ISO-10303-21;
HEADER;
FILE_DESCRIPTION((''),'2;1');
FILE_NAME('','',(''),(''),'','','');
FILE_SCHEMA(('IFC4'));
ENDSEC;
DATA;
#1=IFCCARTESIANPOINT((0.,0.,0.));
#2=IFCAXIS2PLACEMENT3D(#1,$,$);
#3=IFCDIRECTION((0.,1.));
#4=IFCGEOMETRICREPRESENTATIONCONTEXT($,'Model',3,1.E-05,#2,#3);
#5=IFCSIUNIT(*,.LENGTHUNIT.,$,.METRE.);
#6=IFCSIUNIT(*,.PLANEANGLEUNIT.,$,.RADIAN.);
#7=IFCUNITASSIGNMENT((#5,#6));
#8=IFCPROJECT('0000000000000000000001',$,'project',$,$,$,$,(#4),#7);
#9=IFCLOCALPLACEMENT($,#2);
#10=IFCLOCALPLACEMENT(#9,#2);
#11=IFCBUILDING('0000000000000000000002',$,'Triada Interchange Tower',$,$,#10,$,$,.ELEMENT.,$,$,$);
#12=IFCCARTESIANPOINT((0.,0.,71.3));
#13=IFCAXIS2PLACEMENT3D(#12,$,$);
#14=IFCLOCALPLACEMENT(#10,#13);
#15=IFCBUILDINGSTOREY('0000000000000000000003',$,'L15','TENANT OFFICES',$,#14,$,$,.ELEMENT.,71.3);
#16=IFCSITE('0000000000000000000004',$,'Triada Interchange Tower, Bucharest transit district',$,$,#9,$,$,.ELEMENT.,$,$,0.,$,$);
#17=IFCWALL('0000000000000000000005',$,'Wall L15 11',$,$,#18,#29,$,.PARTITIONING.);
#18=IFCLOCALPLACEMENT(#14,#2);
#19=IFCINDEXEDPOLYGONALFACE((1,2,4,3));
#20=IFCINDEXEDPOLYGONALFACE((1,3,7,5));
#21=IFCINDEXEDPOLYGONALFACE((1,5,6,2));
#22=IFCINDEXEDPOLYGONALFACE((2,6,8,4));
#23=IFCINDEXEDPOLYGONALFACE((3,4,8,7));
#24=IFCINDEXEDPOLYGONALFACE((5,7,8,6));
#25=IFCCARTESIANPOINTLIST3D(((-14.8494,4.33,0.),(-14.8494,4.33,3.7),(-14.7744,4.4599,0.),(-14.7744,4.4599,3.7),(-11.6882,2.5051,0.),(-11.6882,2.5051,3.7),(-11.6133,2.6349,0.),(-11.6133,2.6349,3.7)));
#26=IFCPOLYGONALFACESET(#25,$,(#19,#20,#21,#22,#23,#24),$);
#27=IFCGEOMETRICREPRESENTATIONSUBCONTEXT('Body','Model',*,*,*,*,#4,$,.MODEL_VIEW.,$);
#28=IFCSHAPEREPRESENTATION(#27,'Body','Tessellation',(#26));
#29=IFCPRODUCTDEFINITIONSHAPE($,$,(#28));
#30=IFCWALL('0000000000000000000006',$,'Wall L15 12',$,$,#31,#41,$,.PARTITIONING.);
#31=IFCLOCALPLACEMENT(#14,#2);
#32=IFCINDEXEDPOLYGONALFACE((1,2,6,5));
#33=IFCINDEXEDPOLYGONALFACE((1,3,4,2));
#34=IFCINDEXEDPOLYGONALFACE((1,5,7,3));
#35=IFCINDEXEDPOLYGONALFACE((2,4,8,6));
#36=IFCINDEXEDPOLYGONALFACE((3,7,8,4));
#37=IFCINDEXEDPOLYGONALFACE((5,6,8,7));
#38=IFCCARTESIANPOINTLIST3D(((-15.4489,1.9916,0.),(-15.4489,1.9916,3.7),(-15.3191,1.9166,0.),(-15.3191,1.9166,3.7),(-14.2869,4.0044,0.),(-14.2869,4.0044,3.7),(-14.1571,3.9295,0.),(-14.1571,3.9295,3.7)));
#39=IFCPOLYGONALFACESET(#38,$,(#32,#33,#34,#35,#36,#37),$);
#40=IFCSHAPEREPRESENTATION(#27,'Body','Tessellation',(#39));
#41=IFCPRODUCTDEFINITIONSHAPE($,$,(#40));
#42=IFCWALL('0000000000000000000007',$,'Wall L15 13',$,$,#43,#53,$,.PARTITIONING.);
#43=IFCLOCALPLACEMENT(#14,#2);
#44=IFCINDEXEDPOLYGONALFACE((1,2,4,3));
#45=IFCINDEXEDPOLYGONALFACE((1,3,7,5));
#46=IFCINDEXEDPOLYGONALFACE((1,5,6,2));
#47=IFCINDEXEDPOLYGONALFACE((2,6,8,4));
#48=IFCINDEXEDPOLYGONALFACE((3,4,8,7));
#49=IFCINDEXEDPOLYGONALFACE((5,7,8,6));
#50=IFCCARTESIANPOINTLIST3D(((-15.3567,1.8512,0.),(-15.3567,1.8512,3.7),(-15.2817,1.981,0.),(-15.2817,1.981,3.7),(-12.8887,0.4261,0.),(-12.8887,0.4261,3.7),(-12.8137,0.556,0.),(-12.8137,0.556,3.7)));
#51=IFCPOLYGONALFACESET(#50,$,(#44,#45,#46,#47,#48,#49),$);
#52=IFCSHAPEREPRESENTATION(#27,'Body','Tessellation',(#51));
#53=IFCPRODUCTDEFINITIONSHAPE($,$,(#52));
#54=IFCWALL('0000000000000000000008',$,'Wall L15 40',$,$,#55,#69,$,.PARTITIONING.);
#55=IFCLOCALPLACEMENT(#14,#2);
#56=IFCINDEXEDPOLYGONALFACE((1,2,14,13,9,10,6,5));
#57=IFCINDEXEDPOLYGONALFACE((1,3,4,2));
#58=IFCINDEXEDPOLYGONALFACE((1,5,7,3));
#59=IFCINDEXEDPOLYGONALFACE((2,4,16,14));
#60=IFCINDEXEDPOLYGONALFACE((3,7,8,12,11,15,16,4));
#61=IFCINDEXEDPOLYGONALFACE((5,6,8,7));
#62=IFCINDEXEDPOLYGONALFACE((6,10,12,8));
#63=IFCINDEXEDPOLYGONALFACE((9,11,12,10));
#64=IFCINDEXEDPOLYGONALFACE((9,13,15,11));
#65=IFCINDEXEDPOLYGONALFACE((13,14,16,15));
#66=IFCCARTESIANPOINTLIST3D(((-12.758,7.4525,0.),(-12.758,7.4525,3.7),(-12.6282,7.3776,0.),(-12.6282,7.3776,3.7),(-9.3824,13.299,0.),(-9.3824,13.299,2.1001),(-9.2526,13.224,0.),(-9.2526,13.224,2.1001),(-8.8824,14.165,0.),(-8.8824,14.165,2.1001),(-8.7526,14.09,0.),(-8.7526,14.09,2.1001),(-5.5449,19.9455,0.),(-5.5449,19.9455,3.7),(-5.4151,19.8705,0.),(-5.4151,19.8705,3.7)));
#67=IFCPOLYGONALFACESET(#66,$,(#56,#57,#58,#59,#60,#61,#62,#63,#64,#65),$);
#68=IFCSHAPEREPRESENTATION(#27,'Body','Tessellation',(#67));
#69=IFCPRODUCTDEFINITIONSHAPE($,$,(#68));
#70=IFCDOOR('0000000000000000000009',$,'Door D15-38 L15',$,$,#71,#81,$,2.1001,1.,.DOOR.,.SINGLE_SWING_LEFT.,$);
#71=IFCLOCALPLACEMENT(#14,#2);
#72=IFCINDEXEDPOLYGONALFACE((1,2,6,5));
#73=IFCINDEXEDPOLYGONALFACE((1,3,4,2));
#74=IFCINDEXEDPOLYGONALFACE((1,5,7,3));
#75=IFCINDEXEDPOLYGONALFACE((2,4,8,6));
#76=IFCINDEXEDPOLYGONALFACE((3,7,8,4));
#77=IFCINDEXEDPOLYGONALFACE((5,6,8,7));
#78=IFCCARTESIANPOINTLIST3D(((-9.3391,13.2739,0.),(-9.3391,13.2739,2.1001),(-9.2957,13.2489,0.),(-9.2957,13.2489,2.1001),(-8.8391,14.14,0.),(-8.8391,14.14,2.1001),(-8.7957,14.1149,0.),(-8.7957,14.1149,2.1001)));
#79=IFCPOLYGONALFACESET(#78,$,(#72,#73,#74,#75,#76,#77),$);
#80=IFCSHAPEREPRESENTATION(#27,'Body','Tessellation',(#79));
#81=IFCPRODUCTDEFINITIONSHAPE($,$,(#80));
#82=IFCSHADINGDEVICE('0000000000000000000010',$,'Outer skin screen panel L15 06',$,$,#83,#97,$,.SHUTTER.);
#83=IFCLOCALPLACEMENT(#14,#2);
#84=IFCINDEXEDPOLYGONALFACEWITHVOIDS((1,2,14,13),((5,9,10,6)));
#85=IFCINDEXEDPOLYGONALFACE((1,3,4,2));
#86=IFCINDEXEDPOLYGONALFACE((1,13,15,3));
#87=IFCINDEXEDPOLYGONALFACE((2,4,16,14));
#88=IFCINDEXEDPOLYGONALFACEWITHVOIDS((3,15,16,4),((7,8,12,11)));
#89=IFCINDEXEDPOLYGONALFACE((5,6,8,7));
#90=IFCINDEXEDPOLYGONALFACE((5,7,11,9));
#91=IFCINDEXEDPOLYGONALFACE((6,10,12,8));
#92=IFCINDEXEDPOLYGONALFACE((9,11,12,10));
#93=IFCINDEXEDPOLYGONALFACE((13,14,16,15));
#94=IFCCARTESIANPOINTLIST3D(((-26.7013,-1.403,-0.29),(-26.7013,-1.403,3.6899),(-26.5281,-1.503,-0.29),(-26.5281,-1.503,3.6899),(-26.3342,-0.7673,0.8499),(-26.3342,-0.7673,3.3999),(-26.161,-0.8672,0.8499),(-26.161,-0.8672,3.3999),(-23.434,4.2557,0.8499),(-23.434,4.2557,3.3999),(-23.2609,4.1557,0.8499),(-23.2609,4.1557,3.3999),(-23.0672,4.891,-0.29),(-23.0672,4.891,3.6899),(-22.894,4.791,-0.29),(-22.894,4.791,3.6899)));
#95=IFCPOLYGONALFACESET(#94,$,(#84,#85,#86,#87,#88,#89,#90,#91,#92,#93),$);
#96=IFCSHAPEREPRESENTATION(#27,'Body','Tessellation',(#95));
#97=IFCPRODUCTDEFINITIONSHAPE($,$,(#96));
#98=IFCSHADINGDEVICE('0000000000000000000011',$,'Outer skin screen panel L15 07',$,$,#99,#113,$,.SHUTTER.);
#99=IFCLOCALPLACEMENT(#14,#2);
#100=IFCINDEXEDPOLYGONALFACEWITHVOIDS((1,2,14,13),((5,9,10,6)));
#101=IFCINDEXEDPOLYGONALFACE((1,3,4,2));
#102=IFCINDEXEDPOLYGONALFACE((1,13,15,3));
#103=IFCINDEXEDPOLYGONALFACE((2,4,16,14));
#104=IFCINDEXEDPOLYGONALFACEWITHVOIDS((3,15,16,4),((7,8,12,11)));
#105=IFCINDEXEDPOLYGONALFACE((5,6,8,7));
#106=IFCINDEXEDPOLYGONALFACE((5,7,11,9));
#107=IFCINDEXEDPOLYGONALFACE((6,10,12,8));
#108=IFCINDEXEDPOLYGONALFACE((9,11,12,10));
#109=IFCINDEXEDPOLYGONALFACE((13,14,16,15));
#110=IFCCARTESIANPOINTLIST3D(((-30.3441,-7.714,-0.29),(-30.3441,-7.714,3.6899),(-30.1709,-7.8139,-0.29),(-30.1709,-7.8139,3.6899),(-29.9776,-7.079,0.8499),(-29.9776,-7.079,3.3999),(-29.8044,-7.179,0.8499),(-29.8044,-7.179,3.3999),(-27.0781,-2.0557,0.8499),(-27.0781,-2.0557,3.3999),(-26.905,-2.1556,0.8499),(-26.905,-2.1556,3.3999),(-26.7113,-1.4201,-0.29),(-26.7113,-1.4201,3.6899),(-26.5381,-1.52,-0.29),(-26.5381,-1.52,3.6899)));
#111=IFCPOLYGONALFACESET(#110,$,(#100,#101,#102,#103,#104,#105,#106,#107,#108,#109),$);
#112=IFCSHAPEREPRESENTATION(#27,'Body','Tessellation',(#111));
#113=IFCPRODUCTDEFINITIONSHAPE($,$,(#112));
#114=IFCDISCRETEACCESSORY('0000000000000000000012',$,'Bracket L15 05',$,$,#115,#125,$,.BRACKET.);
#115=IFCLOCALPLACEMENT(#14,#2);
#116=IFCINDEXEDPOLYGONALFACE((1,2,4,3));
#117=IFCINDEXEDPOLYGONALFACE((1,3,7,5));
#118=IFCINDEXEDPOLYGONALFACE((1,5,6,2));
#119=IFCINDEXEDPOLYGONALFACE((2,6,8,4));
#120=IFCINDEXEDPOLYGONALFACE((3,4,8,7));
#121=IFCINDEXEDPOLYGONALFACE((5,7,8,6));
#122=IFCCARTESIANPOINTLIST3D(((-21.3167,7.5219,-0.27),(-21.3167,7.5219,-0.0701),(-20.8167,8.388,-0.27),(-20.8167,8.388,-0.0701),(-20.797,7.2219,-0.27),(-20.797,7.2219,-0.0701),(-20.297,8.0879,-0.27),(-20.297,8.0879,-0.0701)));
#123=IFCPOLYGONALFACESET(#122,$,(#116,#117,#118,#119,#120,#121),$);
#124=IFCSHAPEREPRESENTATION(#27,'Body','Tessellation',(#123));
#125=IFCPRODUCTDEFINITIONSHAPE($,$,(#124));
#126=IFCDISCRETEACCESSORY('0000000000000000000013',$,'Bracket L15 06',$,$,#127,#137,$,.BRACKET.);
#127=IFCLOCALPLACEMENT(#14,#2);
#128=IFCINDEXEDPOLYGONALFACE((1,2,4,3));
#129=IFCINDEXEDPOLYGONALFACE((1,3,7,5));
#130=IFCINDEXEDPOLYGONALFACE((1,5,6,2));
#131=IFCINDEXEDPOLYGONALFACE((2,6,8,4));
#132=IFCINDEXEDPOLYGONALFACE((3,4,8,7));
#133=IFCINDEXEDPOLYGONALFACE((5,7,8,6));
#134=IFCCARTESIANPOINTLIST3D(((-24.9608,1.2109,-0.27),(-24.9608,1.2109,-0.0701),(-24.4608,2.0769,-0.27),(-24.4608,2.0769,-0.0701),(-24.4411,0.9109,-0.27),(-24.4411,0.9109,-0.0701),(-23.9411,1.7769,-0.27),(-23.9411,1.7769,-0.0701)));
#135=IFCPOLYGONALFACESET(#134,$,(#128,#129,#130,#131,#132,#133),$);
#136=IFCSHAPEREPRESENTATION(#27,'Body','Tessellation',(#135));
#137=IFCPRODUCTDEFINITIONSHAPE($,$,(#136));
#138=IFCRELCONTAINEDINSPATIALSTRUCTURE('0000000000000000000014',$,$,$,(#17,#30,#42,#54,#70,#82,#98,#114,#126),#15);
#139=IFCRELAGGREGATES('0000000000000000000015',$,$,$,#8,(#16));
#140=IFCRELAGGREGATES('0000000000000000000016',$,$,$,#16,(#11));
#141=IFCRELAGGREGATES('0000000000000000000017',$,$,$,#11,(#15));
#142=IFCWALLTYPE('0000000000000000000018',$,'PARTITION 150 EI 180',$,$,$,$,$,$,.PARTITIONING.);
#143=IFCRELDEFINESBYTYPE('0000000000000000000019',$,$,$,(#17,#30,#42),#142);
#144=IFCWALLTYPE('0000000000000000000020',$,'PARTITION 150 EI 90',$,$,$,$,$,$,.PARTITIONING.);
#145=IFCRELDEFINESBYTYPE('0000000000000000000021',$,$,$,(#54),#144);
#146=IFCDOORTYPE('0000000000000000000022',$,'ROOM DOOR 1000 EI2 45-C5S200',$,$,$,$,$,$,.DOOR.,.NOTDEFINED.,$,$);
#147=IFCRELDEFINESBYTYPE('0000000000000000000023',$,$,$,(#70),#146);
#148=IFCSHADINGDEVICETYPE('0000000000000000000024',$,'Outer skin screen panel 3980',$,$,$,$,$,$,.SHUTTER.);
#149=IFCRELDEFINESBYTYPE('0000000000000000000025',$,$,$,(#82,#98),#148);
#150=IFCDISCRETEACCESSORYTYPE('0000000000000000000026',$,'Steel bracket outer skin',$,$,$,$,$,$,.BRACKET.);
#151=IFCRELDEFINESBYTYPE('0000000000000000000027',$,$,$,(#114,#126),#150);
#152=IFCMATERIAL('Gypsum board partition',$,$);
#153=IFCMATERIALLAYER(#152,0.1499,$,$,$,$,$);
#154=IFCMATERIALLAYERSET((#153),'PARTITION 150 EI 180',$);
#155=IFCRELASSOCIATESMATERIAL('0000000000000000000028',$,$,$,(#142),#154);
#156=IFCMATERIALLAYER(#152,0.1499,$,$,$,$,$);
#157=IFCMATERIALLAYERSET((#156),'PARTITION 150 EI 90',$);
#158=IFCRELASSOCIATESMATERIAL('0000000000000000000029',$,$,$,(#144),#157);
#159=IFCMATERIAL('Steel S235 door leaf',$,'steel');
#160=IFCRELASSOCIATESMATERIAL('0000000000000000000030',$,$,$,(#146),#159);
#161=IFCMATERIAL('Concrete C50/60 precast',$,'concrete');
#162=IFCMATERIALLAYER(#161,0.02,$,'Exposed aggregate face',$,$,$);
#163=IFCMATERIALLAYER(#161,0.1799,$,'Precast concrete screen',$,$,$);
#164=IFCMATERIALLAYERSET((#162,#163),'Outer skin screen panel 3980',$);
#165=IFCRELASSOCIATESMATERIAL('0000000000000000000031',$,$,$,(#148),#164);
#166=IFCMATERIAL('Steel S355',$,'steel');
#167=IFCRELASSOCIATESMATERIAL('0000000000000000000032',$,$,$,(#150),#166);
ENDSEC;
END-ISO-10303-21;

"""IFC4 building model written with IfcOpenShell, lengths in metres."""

from ifc_helpers import new_model, si_unit, direction, frame, frame_2d, origin, origin_2d, place, context, subcontext, project, spatial, polyline, rectangle, outline, extrude, material, layer, layer_set, type_object, element, fill, save


model = new_model("IFC4")

# Units and contexts
model_context = context("Model", 3, precision=1e-05, world=origin(), true_north=direction((0.0, 1.0)))
body_context = subcontext(model_context, "Body", "Model", "MODEL_VIEW")
ifc_project = project(units=[si_unit("LENGTHUNIT", "METRE"), si_unit("PLANEANGLEUNIT", "RADIAN")], contexts=[model_context])

# Site, building, storey
site_placement = place(None, origin())
site = spatial("IfcSite", under=ifc_project, at=site_placement, Name="Triada Interchange Tower, Bucharest transit district", CompositionType="ELEMENT", RefElevation=0.0)
building_placement = place(site_placement, origin())
building = spatial("IfcBuilding", under=site, at=building_placement, Name="Triada Interchange Tower", CompositionType="ELEMENT")
storey_placement = place(building_placement, frame((0.0, 0.0, 71.3)))
storey = spatial("IfcBuildingStorey", under=building, at=storey_placement, Name="L15", Description="TENANT OFFICES", CompositionType="ELEMENT", Elevation=71.3)

# Shared definitions
ifc_material_1 = material(Name="Steel S235 door leaf", Category="steel")

# Walls
ifc_material_2 = material(Name="Gypsum board partition")
ifc_layer_1 = layer(ifc_material_2, 0.1499)
ifc_layer_set_1 = layer_set([ifc_layer_1], Name="PARTITION 150 EI 180")
wall_type_1 = type_object("IfcWallType", Name="PARTITION 150 EI 180", PredefinedType="PARTITIONING", material=ifc_layer_set_1)
wall_1_placement = place(storey_placement, frame((-14.812, 4.395, 0.0), z_axis=(0.0, 0.0, 1.0), x_axis=(0.866041, -0.499973, 0.0)))
element("IfcWall", 1, at=wall_1_placement, inside=storey, type_object=wall_type_1, Name="Wall L15 11", PredefinedType="PARTITIONING", context=body_context, shape_type="SweptSolid", body=[
    extrude(rectangle(XDim=3.6501, YDim=0.1499, at=frame_2d((1.8252, 0.0))), origin(), (0.0, 0.0, 1.0), 3.7),
])
wall_2_placement = place(storey_placement, frame((-15.384, 1.9541, 0.0), z_axis=(0.0, 0.0, 1.0), x_axis=(0.49998, 0.866037, 0.0)))
element("IfcWall", 2, at=wall_2_placement, inside=storey, type_object=wall_type_1, Name="Wall L15 12", PredefinedType="PARTITIONING", context=body_context, shape_type="SweptSolid", body=[
    extrude(rectangle(XDim=2.3242, YDim=0.1499, at=frame_2d((1.1621, 0.0))), origin(), (0.0, 0.0, 1.0), 3.7),
])
wall_3_placement = place(storey_placement, frame((-15.3191, 1.916, 0.0), z_axis=(0.0, 0.0, 1.0), x_axis=(0.866004, -0.500036, 0.0)))
element("IfcWall", 3, at=wall_3_placement, inside=storey, type_object=wall_type_1, Name="Wall L15 13", PredefinedType="PARTITIONING", context=body_context, shape_type="SweptSolid", body=[
    extrude(rectangle(XDim=2.8499, YDim=0.1499, at=frame_2d((1.4248, 0.0))), origin(), (0.0, 0.0, 1.0), 3.7),
])

# Wall, opening, door
ifc_layer_2 = layer(ifc_material_2, 0.1499)
ifc_layer_set_2 = layer_set([ifc_layer_2], Name="PARTITION 150 EI 90")
wall_type_2 = type_object("IfcWallType", Name="PARTITION 150 EI 90", PredefinedType="PARTITIONING", material=ifc_layer_set_2)
wall_4_placement = place(storey_placement, frame((-12.6931, 7.415, 0.0), z_axis=(0.0, 0.0, 1.0), x_axis=(0.500018, 0.866015, 0.0)))
wall_4 = element("IfcWall", 4, at=wall_4_placement, inside=storey, type_object=wall_type_2, Name="Wall L15 40", PredefinedType="PARTITIONING", context=body_context, shape_type="SweptSolid", body=[
    extrude(rectangle(XDim=14.4258, YDim=0.1499, at=frame_2d((7.2129, 0.0))), origin(), (0.0, 0.0, 1.0), 3.7),
])
opening_1_placement = place(wall_4_placement, frame((6.751, 0.0, 0.0)))
opening_1 = element("IfcOpeningElement", 5, at=opening_1_placement, cuts=wall_4, PredefinedType="OPENING", context=body_context, shape_type="SweptSolid", body=[
    extrude(rectangle(XDim=1.0, YDim=2.1001, at=frame_2d((0.5, 1.05))), frame((0.0, 0.085, 0.0), z_axis=(0.0, -1.0, 0.0), x_axis=(1.0, 0.0, 0.0)), (0.0, 0.0, 1.0), 0.1699),
])
door_type_1 = type_object("IfcDoorType", Name="ROOM DOOR 1000 EI2 45-C5S200", OperationType="NOTDEFINED", PredefinedType="DOOR", material=ifc_material_1)
door_1_placement = place(opening_1_placement, origin())
door_1 = element("IfcDoor", 6, at=door_1_placement, inside=storey, type_object=door_type_1, Name="Door D15-38 L15", OperationType="SINGLE_SWING_LEFT", OverallHeight=2.1001, OverallWidth=1.0, PredefinedType="DOOR", context=body_context, shape_type="SweptSolid", body=[
    extrude(rectangle(XDim=1.0, YDim=2.1001, at=frame_2d((0.5, 1.05))), frame((0.0, 0.0249, 0.0), z_axis=(0.0, -1.0, 0.0), x_axis=(1.0, 0.0, 0.0)), (0.0, 0.0, 1.0), 0.05),
])
fill(opening_1, door_1)

# Shading devices
ifc_material_3 = material(Name="Concrete C50/60 precast", Category="concrete")
ifc_layer_3 = layer(ifc_material_3, 0.02, Name="Exposed aggregate face")
ifc_layer_4 = layer(ifc_material_3, 0.1799, Name="Precast concrete screen")
ifc_layer_set_3 = layer_set([ifc_layer_3, ifc_layer_4], Name="Outer skin screen panel 3980")
shading_device_type = type_object("IfcShadingDeviceType", Name="Outer skin screen panel 3980", PredefinedType="SHUTTER", material=ifc_layer_set_3)
shading_device_1_placement = place(storey_placement, frame((-22.894, 4.791, -0.29), z_axis=(0.0, 0.0, 1.0), x_axis=(-0.500023, -0.866012, 0.0)))
element("IfcShadingDevice", 7, at=shading_device_1_placement, inside=storey, type_object=shading_device_type, Name="Outer skin screen panel L15 06", PredefinedType="SHUTTER", context=body_context, shape_type="SweptSolid", body=[
    extrude(outline(polyline([(0.0, 0.0), (7.2678, 0.0), (7.2678, 3.98), (0.0, 3.98), (0.0, 0.0)]), holes=[polyline([(0.7336, 1.1399), (0.7336, 3.6899), (6.5337, 3.6899), (6.5337, 1.1399), (0.7336, 1.1399)])]), frame((0.0, 0.0, 0.0), z_axis=(0.0, -1.0, 0.0), x_axis=(1.0, 0.0, 0.0)), (0.0, 0.0, 1.0), 0.2),
])
shading_device_2_placement = place(storey_placement, frame((-26.5381, -1.52, -0.29), z_axis=(0.0, 0.0, 1.0), x_axis=(-0.499897, -0.866085, 0.0)))
element("IfcShadingDevice", 8, at=shading_device_2_placement, inside=storey, type_object=shading_device_type, Name="Outer skin screen panel L15 07", PredefinedType="SHUTTER", context=body_context, shape_type="SweptSolid", body=[
    extrude(outline(polyline([(0.0, 0.0), (7.2671, 0.0), (7.2671, 3.98), (0.0, 3.98), (0.0, 0.0)]), holes=[polyline([(0.7339, 1.1399), (0.7339, 3.6899), (6.5339, 3.6899), (6.5339, 1.1399), (0.7339, 1.1399)])]), frame((0.0, 0.0, 0.0), z_axis=(0.0, -1.0, 0.0), x_axis=(1.0, 0.0, 0.0)), (0.0, 0.0, 1.0), 0.2),
])

# Discrete accessories
ifc_material_4 = material(Name="Steel S355", Category="steel")
discrete_accessory_type = type_object("IfcDiscreteAccessoryType", Name="Steel bracket outer skin", PredefinedType="BRACKET", material=ifc_material_4)
for number, where, z_axis, x_axis, name in (
    (9, (-20.8069, 7.8049, -0.27), (0.0, 0.0, 1.0), (-0.866027, 0.499997, 0.0), "Bracket L15 05"),
    (10, (-24.4509, 1.4939, -0.27), (0.0, 0.0, 1.0), (-0.866027, 0.499997, 0.0), "Bracket L15 06"),
):
    element("IfcDiscreteAccessory", number, at=place(storey_placement, frame(where, z_axis=z_axis, x_axis=x_axis)), inside=storey, type_object=discrete_accessory_type, Name=name, PredefinedType="BRACKET", context=body_context, shape_type="SweptSolid", body=[
        extrude(rectangle(XDim=0.6001, YDim=1.0, at=origin_2d()), origin(), (0.0, 0.0, 1.0), 0.2),
    ])

save(model, "model.ifc")
